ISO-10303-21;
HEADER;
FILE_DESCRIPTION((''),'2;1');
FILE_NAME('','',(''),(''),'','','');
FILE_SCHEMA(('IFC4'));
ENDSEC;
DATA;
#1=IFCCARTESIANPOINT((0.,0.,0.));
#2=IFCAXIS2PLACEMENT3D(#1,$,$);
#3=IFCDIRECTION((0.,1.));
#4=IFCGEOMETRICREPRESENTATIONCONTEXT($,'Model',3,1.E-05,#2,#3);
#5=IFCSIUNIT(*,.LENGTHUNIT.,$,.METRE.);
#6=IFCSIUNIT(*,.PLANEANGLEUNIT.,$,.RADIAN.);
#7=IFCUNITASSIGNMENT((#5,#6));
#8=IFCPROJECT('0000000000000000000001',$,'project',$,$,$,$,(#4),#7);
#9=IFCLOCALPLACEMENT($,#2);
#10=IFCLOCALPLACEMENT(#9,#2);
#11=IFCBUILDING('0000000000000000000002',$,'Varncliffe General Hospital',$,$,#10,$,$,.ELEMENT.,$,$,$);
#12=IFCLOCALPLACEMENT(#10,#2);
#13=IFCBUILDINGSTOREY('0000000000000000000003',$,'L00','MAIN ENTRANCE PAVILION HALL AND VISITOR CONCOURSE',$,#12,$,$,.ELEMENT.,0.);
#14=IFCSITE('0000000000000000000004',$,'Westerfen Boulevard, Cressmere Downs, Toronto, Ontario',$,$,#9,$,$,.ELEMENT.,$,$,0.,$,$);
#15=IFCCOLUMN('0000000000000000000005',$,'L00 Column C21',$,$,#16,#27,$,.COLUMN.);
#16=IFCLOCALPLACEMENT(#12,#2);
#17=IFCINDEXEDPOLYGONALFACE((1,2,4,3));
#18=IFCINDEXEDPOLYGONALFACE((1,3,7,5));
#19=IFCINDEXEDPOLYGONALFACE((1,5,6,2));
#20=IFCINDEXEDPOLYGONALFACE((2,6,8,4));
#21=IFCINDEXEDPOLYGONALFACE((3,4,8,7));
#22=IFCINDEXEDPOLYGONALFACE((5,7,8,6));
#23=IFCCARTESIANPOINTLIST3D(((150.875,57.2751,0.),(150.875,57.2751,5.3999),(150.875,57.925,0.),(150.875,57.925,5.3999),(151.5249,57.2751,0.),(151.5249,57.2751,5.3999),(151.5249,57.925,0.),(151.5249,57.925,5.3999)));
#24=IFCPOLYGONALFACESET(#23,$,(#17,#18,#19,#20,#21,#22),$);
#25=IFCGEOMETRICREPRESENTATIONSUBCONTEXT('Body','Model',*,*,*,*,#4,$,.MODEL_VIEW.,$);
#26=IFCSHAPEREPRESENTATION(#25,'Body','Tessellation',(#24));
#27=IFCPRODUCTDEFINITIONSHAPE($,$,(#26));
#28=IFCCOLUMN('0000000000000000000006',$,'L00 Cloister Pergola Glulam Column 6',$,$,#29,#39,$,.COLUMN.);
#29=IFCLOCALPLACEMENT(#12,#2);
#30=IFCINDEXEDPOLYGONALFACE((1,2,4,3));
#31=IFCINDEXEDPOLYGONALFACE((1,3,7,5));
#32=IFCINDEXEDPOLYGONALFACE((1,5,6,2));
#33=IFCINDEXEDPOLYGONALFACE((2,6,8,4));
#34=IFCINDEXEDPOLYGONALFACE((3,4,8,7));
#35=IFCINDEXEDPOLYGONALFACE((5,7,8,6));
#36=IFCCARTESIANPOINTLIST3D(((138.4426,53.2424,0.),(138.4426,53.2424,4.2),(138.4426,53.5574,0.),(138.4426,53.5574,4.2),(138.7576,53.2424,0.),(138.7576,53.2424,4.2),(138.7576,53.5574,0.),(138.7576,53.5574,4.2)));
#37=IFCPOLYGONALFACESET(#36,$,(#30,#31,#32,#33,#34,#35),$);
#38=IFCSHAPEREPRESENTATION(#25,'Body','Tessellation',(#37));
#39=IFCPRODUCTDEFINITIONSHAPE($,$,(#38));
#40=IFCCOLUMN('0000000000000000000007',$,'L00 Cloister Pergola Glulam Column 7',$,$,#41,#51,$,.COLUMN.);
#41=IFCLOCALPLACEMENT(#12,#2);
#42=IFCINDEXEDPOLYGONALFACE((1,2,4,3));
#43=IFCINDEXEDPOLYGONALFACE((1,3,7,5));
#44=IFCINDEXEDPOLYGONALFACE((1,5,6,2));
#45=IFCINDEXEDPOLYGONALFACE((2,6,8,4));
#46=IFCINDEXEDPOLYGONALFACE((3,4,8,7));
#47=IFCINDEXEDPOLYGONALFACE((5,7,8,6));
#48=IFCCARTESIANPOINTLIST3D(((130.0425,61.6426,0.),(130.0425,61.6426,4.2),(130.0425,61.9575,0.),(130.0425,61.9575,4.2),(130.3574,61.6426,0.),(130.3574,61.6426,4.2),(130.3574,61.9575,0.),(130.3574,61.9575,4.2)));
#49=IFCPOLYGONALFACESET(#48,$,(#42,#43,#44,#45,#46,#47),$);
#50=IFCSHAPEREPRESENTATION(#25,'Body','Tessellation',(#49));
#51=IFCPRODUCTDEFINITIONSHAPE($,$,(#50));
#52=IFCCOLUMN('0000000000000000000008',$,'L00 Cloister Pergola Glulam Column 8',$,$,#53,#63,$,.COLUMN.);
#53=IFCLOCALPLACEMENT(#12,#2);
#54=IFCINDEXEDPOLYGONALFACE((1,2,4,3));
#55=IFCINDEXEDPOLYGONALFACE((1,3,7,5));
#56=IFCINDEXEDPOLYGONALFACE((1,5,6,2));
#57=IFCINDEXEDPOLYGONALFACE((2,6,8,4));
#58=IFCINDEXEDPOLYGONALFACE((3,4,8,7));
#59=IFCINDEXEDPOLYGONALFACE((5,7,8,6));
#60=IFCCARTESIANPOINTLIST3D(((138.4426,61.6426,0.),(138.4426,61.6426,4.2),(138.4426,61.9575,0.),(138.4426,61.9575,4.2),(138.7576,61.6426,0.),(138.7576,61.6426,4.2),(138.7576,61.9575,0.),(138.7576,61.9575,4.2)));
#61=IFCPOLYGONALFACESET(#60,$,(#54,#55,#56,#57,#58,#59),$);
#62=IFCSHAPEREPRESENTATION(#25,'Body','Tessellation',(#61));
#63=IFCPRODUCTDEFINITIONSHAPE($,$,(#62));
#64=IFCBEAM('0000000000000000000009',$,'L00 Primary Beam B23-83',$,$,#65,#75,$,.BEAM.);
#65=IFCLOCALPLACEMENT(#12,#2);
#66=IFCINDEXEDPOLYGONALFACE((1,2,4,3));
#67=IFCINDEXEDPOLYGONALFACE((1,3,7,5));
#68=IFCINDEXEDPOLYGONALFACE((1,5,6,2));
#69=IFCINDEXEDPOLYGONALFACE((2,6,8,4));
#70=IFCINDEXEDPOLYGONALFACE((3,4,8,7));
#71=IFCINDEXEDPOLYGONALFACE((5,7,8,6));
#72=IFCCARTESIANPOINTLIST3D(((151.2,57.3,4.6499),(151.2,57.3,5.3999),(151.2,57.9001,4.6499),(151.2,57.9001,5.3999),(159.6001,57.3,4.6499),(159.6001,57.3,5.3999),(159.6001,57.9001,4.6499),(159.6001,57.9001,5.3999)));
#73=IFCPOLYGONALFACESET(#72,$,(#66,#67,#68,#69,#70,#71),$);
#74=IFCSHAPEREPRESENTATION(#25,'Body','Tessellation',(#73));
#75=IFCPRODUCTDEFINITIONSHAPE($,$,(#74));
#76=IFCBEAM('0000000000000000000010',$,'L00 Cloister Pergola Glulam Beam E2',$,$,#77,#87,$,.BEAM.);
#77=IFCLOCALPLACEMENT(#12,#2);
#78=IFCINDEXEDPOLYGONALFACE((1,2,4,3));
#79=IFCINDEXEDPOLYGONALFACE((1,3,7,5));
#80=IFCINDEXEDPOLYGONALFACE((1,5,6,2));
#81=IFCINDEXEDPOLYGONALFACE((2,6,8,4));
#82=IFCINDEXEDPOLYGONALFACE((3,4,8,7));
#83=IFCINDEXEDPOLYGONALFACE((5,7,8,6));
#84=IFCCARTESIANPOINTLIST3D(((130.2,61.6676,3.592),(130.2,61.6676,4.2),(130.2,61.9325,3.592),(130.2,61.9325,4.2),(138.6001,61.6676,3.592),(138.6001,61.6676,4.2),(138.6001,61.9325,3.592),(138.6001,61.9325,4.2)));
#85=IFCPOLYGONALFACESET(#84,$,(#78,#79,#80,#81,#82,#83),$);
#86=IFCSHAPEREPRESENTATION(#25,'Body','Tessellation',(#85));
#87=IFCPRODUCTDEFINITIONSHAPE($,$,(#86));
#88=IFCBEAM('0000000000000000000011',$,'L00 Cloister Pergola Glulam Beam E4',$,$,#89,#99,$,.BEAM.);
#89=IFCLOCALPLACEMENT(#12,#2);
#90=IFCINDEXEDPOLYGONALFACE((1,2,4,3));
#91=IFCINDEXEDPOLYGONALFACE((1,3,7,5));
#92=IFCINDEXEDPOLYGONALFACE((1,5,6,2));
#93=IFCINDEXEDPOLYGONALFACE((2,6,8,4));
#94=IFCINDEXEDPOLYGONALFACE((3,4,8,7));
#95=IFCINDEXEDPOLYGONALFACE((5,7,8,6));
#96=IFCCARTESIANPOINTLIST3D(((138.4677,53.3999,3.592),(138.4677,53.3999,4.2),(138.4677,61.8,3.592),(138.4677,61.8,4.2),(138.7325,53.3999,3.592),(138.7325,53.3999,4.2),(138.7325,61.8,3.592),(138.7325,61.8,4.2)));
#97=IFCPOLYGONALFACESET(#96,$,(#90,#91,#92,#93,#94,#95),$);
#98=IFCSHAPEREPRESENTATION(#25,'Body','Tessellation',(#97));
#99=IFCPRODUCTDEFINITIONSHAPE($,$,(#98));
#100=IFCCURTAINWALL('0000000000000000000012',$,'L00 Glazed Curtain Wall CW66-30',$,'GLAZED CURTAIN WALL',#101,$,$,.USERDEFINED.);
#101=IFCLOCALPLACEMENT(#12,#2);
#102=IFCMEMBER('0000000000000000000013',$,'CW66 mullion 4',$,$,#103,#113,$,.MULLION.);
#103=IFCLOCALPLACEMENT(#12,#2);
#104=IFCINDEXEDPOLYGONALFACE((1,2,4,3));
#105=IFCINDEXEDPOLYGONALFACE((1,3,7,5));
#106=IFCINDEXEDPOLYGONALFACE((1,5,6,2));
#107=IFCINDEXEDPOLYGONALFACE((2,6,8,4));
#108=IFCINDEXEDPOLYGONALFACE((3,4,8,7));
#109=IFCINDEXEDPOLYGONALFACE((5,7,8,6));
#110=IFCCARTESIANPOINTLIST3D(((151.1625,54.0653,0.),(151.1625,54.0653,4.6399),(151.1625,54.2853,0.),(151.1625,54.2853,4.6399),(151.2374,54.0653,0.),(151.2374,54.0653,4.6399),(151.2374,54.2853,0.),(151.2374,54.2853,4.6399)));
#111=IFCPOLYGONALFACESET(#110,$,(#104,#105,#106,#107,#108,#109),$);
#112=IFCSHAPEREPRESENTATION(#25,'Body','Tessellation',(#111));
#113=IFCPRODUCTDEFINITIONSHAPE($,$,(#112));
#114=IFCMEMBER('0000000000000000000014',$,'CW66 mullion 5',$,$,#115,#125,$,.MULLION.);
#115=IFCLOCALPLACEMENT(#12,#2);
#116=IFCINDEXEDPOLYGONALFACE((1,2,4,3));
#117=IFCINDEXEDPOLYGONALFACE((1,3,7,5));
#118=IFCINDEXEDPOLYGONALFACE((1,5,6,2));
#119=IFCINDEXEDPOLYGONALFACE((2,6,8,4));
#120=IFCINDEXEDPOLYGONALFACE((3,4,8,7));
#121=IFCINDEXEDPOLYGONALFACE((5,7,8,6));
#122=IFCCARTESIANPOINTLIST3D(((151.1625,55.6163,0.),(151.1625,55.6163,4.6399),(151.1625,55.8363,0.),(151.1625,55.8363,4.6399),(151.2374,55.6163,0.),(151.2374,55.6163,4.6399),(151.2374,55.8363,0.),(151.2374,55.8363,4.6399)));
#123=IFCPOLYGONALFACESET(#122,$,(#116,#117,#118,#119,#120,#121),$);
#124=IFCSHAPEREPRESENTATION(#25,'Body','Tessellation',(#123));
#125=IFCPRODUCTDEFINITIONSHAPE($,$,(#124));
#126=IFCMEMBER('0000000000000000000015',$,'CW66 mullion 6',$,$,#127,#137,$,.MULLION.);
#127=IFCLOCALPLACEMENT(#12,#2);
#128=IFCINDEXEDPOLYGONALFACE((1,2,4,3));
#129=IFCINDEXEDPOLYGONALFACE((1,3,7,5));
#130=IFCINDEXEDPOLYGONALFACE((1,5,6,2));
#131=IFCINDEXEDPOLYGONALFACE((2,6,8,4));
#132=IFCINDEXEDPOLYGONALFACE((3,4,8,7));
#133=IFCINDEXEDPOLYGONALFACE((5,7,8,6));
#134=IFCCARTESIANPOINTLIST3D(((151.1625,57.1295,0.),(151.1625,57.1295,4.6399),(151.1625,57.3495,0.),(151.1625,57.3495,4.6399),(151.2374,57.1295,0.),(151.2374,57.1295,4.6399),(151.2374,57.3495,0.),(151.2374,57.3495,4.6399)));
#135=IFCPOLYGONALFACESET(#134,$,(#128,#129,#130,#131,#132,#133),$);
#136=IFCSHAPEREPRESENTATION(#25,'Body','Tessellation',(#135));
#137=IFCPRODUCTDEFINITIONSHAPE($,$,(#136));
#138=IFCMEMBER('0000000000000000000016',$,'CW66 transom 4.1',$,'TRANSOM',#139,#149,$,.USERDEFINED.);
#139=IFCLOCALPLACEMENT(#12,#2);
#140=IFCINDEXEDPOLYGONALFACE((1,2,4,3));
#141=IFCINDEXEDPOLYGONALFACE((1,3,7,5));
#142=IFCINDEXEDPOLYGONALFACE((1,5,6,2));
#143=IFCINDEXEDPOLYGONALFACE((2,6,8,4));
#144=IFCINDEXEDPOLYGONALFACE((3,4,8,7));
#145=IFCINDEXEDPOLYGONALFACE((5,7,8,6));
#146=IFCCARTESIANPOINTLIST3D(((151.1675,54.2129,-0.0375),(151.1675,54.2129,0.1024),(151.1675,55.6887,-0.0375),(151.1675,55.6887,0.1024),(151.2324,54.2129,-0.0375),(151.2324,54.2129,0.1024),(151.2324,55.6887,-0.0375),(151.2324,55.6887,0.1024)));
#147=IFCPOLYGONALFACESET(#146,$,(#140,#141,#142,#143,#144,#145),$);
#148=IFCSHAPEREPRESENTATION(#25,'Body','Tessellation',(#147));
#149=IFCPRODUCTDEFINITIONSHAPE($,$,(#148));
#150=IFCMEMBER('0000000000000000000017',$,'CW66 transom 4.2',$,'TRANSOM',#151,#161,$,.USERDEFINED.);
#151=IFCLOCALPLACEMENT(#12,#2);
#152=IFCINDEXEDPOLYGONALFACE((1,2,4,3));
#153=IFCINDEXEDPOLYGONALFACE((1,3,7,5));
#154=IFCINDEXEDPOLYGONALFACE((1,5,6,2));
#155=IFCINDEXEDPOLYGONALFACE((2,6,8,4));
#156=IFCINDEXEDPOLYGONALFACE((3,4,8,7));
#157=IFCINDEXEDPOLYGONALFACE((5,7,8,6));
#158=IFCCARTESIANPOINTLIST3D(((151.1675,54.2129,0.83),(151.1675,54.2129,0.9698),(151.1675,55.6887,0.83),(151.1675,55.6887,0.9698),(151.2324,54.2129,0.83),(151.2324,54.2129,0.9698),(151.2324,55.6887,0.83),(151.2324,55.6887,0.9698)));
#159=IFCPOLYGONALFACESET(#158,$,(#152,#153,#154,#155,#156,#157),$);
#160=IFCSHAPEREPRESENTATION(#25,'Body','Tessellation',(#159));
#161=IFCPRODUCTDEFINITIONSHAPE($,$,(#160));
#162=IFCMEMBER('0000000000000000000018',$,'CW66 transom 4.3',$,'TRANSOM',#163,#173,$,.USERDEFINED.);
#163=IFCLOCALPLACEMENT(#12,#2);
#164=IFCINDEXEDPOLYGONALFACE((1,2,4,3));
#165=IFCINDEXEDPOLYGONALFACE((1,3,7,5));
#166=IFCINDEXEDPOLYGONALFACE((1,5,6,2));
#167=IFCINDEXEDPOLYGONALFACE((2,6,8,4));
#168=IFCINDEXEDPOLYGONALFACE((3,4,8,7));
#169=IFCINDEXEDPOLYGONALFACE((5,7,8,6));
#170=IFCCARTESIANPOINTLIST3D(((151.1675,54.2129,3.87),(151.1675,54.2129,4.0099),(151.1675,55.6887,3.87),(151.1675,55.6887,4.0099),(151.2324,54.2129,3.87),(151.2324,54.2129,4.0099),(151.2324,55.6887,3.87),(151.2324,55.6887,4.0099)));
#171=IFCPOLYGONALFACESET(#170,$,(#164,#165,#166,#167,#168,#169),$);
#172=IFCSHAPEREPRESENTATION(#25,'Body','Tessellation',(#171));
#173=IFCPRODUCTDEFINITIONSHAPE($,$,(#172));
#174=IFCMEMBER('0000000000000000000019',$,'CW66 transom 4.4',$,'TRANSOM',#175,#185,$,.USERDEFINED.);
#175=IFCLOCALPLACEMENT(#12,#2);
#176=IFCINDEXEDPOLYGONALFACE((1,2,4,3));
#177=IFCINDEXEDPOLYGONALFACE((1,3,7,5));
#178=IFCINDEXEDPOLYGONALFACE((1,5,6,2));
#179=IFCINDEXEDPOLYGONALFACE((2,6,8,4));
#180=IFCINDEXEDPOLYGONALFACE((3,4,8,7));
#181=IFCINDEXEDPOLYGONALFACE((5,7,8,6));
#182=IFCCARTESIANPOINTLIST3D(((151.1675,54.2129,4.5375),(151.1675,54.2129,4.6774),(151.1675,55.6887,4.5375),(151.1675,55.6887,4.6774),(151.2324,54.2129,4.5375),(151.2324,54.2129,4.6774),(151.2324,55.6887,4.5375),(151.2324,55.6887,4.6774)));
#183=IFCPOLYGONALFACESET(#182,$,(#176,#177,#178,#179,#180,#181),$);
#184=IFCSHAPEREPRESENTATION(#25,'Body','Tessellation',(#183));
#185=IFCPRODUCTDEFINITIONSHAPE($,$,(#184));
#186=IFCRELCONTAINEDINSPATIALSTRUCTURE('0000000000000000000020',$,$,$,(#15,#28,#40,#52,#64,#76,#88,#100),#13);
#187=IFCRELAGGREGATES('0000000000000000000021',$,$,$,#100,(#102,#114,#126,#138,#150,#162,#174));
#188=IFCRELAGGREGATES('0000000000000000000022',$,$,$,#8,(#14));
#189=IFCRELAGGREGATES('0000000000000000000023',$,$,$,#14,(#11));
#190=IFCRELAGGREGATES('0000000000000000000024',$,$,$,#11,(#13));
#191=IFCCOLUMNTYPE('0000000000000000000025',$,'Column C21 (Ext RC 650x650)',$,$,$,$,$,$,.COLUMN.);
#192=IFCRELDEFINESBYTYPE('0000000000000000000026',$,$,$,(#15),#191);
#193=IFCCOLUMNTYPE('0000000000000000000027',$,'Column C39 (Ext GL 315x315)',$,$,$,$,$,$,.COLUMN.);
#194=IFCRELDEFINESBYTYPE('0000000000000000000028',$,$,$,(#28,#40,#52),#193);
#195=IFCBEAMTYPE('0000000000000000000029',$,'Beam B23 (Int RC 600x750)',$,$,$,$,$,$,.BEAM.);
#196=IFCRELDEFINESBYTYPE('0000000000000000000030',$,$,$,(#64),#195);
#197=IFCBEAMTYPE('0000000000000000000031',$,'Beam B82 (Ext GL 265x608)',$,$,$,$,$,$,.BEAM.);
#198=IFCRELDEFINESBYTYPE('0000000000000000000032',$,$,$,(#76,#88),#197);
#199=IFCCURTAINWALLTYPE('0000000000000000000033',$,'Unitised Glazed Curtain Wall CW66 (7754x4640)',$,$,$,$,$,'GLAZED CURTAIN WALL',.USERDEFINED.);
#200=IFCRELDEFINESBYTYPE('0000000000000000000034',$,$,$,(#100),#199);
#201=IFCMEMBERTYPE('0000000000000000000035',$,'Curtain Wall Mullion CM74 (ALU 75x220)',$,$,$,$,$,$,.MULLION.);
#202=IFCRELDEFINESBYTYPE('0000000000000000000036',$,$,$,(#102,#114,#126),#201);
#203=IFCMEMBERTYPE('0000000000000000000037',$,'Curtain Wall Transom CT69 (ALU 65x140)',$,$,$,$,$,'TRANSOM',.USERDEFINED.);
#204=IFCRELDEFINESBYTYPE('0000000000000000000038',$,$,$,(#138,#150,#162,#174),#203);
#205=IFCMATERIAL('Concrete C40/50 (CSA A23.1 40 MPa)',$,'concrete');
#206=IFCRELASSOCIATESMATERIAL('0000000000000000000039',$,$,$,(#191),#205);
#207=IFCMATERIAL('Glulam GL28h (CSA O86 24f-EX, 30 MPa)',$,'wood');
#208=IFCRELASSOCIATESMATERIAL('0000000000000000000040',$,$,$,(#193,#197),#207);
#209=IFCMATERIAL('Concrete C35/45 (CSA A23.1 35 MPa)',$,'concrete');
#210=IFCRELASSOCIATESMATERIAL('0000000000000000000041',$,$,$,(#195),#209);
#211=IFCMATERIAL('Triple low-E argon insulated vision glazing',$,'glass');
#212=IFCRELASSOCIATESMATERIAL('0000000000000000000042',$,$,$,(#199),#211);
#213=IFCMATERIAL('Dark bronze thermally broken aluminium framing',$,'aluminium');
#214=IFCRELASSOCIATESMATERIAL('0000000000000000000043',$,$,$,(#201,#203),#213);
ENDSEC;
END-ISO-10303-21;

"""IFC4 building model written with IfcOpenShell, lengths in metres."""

from ifc_helpers import new_model, si_unit, direction, frame, origin, origin_2d, place, context, subcontext, project, spatial, rectangle, extrude, material, material_profile, profile_set, type_object, element, aggregate, save


model = new_model("IFC4")

# Units and contexts
model_context = context("Model", 3, precision=1e-05, world=origin(), true_north=direction((0.0, 1.0)))
body_context = subcontext(model_context, "Body", "Model", "MODEL_VIEW")
ifc_project = project(units=[si_unit("LENGTHUNIT", "METRE"), si_unit("PLANEANGLEUNIT", "RADIAN")], contexts=[model_context])

# Site, building, storey
site_placement = place(None, origin())
site = spatial("IfcSite", under=ifc_project, at=site_placement, Name="Westerfen Boulevard, Cressmere Downs, Toronto, Ontario", CompositionType="ELEMENT", RefElevation=0.0)
building_placement = place(site_placement, origin())
building = spatial("IfcBuilding", under=site, at=building_placement, Name="Varncliffe General Hospital", CompositionType="ELEMENT")
storey_placement = place(building_placement, origin())
storey = spatial("IfcBuildingStorey", under=building, at=storey_placement, Name="L00", Description="MAIN ENTRANCE PAVILION HALL AND VISITOR CONCOURSE", CompositionType="ELEMENT", Elevation=0.0)

# Columns
ifc_material_1 = material(Name="Concrete C40/50 (CSA A23.1 40 MPa)", Category="concrete")
ifc_material_profile_1 = material_profile(ifc_material_1, rectangle(XDim=0.6499, YDim=0.6499, at=origin_2d()), Name="RC 650x650")
ifc_profile_set_1 = profile_set([ifc_material_profile_1], Name="Concrete C40/50 (CSA A23.1 40 MPa)")
column_type_1 = type_object("IfcColumnType", Name="Column C21 (Ext RC 650x650)", PredefinedType="COLUMN", material=ifc_profile_set_1)
column_placement = place(storey_placement, frame((151.2, 57.6001, 0.0), z_axis=(0.0, 0.0, 1.0), x_axis=(1.0, 0.0, 0.0)))
element("IfcColumn", 1, at=column_placement, inside=storey, type_object=column_type_1, Name="L00 Column C21", PredefinedType="COLUMN", context=body_context, shape_type="SweptSolid", body=[
    extrude(rectangle(XDim=0.6499, YDim=0.6499, at=origin_2d()), origin(), (0.0, 0.0, 1.0), 5.3999),
])
ifc_material_2 = material(Name="Glulam GL28h (CSA O86 24f-EX, 30 MPa)", Category="wood")
ifc_material_profile_2 = material_profile(ifc_material_2, rectangle(XDim=0.3149, YDim=0.3149, at=origin_2d()), Name="GL 315x315")
ifc_profile_set_2 = profile_set([ifc_material_profile_2], Name="Glulam GL28h (CSA O86 24f-EX, 30 MPa)")
column_type_2 = type_object("IfcColumnType", Name="Column C39 (Ext GL 315x315)", PredefinedType="COLUMN", material=ifc_profile_set_2)
for number, where, z_axis, x_axis, name in (
    (2, (138.6001, 53.3999, 0.0), (0.0, 0.0, 1.0), (1.0, 0.0, 0.0), "L00 Cloister Pergola Glulam Column 6"),
    (3, (130.2, 61.8, 0.0), (0.0, 0.0, 1.0), (1.0, 0.0, 0.0), "L00 Cloister Pergola Glulam Column 7"),
    (4, (138.6001, 61.8, 0.0), (0.0, 0.0, 1.0), (1.0, 0.0, 0.0), "L00 Cloister Pergola Glulam Column 8"),
):
    element("IfcColumn", number, at=place(storey_placement, frame(where, z_axis=z_axis, x_axis=x_axis)), inside=storey, type_object=column_type_2, Name=name, PredefinedType="COLUMN", context=body_context, shape_type="SweptSolid", body=[
        extrude(rectangle(XDim=0.3149, YDim=0.3149, at=origin_2d()), origin(), (0.0, 0.0, 1.0), 4.2),
    ])

# Beams
ifc_material_3 = material(Name="Concrete C35/45 (CSA A23.1 35 MPa)", Category="concrete")
ifc_material_profile_3 = material_profile(ifc_material_3, rectangle(XDim=0.6001, YDim=0.75, at=origin_2d()), Name="RC 600x750")
ifc_profile_set_3 = profile_set([ifc_material_profile_3], Name="Concrete C35/45 (CSA A23.1 35 MPa)")
beam_type_1 = type_object("IfcBeamType", Name="Beam B23 (Int RC 600x750)", PredefinedType="BEAM", material=ifc_profile_set_3)
beam_1_placement = place(storey_placement, frame((151.2, 57.6001, 5.0249), z_axis=(1.0, 0.0, 0.0), x_axis=(0.0, 1.0, 0.0)))
element("IfcBeam", 5, at=beam_1_placement, inside=storey, type_object=beam_type_1, Name="L00 Primary Beam B23-83", PredefinedType="BEAM", context=body_context, shape_type="SweptSolid", body=[
    extrude(rectangle(XDim=0.6001, YDim=0.75, at=origin_2d()), origin(), (0.0, 0.0, 1.0), 8.4001),
])
ifc_material_profile_4 = material_profile(ifc_material_2, rectangle(XDim=0.2649, YDim=0.6079, at=origin_2d()), Name="GL 265x608")
ifc_profile_set_4 = profile_set([ifc_material_profile_4], Name="Glulam GL28h (CSA O86 24f-EX, 30 MPa)")
beam_type_2 = type_object("IfcBeamType", Name="Beam B82 (Ext GL 265x608)", PredefinedType="BEAM", material=ifc_profile_set_4)
for number, where, z_axis, x_axis, name in (
    (6, (130.2, 61.8, 3.896), (1.0, 0.0, 0.0), (0.0, 1.0, 0.0), "L00 Cloister Pergola Glulam Beam E2"),
    (7, (138.6001, 53.3999, 3.896), (0.0, 1.0, 0.0), (-1.0, 0.0, 0.0), "L00 Cloister Pergola Glulam Beam E4"),
):
    element("IfcBeam", number, at=place(storey_placement, frame(where, z_axis=z_axis, x_axis=x_axis)), inside=storey, type_object=beam_type_2, Name=name, PredefinedType="BEAM", context=body_context, shape_type="SweptSolid", body=[
        extrude(rectangle(XDim=0.2649, YDim=0.6079, at=origin_2d()), origin(), (0.0, 0.0, 1.0), 8.4001),
    ])

# Curtain wall, members
ifc_material_4 = material(Name="Triple low-E argon insulated vision glazing", Category="glass")
curtain_wall_type = type_object("IfcCurtainWallType", Name="Unitised Glazed Curtain Wall CW66 (7754x4640)", ElementType="GLAZED CURTAIN WALL", PredefinedType="USERDEFINED", material=ifc_material_4)
curtain_wall_placement = place(storey_placement, origin())
curtain_wall = element("IfcCurtainWall", 8, at=curtain_wall_placement, inside=storey, type_object=curtain_wall_type, Name="L00 Glazed Curtain Wall CW66-30", ObjectType="GLAZED CURTAIN WALL", PredefinedType="USERDEFINED")
ifc_material_5 = material(Name="Dark bronze thermally broken aluminium framing", Category="aluminium")
ifc_material_profile_5 = material_profile(ifc_material_5, rectangle(XDim=0.075, YDim=0.22, at=origin_2d()), Name="ALU 75x220")
ifc_profile_set_5 = profile_set([ifc_material_profile_5], Name="Dark bronze thermally broken aluminium framing")
member_type_1 = type_object("IfcMemberType", Name="Curtain Wall Mullion CM74 (ALU 75x220)", PredefinedType="MULLION", material=ifc_profile_set_5)
member_1_placement = place(storey_placement, frame((151.2, 54.1753, 0.0), z_axis=(0.0, 0.0, 1.0), x_axis=(-1.0, 0.0, 0.0)))
member_1 = element("IfcMember", 9, at=member_1_placement, type_object=member_type_1, Name="CW66 mullion 4", PredefinedType="MULLION", context=body_context, shape_type="SweptSolid", body=[
    extrude(rectangle(XDim=0.075, YDim=0.22, at=origin_2d()), origin(), (0.0, 0.0, 1.0), 4.6399),
])
member_2_placement = place(storey_placement, frame((151.2, 55.7263, 0.0), z_axis=(0.0, 0.0, 1.0), x_axis=(-1.0, 0.0, 0.0)))
member_2 = element("IfcMember", 10, at=member_2_placement, type_object=member_type_1, Name="CW66 mullion 5", PredefinedType="MULLION", context=body_context, shape_type="SweptSolid", body=[
    extrude(rectangle(XDim=0.075, YDim=0.22, at=origin_2d()), origin(), (0.0, 0.0, 1.0), 4.6399),
])
member_3_placement = place(storey_placement, frame((151.2, 57.2395, 0.0), z_axis=(0.0, 0.0, 1.0), x_axis=(-1.0, 0.0, 0.0)))
member_3 = element("IfcMember", 11, at=member_3_placement, type_object=member_type_1, Name="CW66 mullion 6", PredefinedType="MULLION", context=body_context, shape_type="SweptSolid", body=[
    extrude(rectangle(XDim=0.075, YDim=0.22, at=origin_2d()), origin(), (0.0, 0.0, 1.0), 4.6399),
])
ifc_material_profile_6 = material_profile(ifc_material_5, rectangle(XDim=0.0649, YDim=0.1399, at=origin_2d()), Name="ALU 65x140")
ifc_profile_set_6 = profile_set([ifc_material_profile_6], Name="Dark bronze thermally broken aluminium framing")
member_type_2 = type_object("IfcMemberType", Name="Curtain Wall Transom CT69 (ALU 65x140)", ElementType="TRANSOM", PredefinedType="USERDEFINED", material=ifc_profile_set_6)
member_4_placement = place(storey_placement, frame((151.2, 54.2129, 0.0325), z_axis=(0.0, 1.0, 0.0), x_axis=(-1.0, 0.0, 0.0)))
member_4 = element("IfcMember", 12, at=member_4_placement, type_object=member_type_2, Name="CW66 transom 4.1", ObjectType="TRANSOM", PredefinedType="USERDEFINED", context=body_context, shape_type="SweptSolid", body=[
    extrude(rectangle(XDim=0.0649, YDim=0.1399, at=origin_2d()), origin(), (0.0, 0.0, 1.0), 1.4758),
])
member_5_placement = place(storey_placement, frame((151.2, 54.2129, 0.8999), z_axis=(0.0, 1.0, 0.0), x_axis=(-1.0, 0.0, 0.0)))
member_5 = element("IfcMember", 13, at=member_5_placement, type_object=member_type_2, Name="CW66 transom 4.2", ObjectType="TRANSOM", PredefinedType="USERDEFINED", context=body_context, shape_type="SweptSolid", body=[
    extrude(rectangle(XDim=0.0649, YDim=0.1399, at=origin_2d()), origin(), (0.0, 0.0, 1.0), 1.4758),
])
member_6_placement = place(storey_placement, frame((151.2, 54.2129, 3.9399), z_axis=(0.0, 1.0, 0.0), x_axis=(-1.0, 0.0, 0.0)))
member_6 = element("IfcMember", 14, at=member_6_placement, type_object=member_type_2, Name="CW66 transom 4.3", ObjectType="TRANSOM", PredefinedType="USERDEFINED", context=body_context, shape_type="SweptSolid", body=[
    extrude(rectangle(XDim=0.0649, YDim=0.1399, at=origin_2d()), origin(), (0.0, 0.0, 1.0), 1.4758),
])
member_7_placement = place(storey_placement, frame((151.2, 54.2129, 4.6074), z_axis=(0.0, 1.0, 0.0), x_axis=(-1.0, 0.0, 0.0)))
member_7 = element("IfcMember", 15, at=member_7_placement, type_object=member_type_2, Name="CW66 transom 4.4", ObjectType="TRANSOM", PredefinedType="USERDEFINED", context=body_context, shape_type="SweptSolid", body=[
    extrude(rectangle(XDim=0.0649, YDim=0.1399, at=origin_2d()), origin(), (0.0, 0.0, 1.0), 1.4758),
])

aggregate(curtain_wall, [member_1, member_2, member_3, member_4, member_5, member_6, member_7])

save(model, "model.ifc")
